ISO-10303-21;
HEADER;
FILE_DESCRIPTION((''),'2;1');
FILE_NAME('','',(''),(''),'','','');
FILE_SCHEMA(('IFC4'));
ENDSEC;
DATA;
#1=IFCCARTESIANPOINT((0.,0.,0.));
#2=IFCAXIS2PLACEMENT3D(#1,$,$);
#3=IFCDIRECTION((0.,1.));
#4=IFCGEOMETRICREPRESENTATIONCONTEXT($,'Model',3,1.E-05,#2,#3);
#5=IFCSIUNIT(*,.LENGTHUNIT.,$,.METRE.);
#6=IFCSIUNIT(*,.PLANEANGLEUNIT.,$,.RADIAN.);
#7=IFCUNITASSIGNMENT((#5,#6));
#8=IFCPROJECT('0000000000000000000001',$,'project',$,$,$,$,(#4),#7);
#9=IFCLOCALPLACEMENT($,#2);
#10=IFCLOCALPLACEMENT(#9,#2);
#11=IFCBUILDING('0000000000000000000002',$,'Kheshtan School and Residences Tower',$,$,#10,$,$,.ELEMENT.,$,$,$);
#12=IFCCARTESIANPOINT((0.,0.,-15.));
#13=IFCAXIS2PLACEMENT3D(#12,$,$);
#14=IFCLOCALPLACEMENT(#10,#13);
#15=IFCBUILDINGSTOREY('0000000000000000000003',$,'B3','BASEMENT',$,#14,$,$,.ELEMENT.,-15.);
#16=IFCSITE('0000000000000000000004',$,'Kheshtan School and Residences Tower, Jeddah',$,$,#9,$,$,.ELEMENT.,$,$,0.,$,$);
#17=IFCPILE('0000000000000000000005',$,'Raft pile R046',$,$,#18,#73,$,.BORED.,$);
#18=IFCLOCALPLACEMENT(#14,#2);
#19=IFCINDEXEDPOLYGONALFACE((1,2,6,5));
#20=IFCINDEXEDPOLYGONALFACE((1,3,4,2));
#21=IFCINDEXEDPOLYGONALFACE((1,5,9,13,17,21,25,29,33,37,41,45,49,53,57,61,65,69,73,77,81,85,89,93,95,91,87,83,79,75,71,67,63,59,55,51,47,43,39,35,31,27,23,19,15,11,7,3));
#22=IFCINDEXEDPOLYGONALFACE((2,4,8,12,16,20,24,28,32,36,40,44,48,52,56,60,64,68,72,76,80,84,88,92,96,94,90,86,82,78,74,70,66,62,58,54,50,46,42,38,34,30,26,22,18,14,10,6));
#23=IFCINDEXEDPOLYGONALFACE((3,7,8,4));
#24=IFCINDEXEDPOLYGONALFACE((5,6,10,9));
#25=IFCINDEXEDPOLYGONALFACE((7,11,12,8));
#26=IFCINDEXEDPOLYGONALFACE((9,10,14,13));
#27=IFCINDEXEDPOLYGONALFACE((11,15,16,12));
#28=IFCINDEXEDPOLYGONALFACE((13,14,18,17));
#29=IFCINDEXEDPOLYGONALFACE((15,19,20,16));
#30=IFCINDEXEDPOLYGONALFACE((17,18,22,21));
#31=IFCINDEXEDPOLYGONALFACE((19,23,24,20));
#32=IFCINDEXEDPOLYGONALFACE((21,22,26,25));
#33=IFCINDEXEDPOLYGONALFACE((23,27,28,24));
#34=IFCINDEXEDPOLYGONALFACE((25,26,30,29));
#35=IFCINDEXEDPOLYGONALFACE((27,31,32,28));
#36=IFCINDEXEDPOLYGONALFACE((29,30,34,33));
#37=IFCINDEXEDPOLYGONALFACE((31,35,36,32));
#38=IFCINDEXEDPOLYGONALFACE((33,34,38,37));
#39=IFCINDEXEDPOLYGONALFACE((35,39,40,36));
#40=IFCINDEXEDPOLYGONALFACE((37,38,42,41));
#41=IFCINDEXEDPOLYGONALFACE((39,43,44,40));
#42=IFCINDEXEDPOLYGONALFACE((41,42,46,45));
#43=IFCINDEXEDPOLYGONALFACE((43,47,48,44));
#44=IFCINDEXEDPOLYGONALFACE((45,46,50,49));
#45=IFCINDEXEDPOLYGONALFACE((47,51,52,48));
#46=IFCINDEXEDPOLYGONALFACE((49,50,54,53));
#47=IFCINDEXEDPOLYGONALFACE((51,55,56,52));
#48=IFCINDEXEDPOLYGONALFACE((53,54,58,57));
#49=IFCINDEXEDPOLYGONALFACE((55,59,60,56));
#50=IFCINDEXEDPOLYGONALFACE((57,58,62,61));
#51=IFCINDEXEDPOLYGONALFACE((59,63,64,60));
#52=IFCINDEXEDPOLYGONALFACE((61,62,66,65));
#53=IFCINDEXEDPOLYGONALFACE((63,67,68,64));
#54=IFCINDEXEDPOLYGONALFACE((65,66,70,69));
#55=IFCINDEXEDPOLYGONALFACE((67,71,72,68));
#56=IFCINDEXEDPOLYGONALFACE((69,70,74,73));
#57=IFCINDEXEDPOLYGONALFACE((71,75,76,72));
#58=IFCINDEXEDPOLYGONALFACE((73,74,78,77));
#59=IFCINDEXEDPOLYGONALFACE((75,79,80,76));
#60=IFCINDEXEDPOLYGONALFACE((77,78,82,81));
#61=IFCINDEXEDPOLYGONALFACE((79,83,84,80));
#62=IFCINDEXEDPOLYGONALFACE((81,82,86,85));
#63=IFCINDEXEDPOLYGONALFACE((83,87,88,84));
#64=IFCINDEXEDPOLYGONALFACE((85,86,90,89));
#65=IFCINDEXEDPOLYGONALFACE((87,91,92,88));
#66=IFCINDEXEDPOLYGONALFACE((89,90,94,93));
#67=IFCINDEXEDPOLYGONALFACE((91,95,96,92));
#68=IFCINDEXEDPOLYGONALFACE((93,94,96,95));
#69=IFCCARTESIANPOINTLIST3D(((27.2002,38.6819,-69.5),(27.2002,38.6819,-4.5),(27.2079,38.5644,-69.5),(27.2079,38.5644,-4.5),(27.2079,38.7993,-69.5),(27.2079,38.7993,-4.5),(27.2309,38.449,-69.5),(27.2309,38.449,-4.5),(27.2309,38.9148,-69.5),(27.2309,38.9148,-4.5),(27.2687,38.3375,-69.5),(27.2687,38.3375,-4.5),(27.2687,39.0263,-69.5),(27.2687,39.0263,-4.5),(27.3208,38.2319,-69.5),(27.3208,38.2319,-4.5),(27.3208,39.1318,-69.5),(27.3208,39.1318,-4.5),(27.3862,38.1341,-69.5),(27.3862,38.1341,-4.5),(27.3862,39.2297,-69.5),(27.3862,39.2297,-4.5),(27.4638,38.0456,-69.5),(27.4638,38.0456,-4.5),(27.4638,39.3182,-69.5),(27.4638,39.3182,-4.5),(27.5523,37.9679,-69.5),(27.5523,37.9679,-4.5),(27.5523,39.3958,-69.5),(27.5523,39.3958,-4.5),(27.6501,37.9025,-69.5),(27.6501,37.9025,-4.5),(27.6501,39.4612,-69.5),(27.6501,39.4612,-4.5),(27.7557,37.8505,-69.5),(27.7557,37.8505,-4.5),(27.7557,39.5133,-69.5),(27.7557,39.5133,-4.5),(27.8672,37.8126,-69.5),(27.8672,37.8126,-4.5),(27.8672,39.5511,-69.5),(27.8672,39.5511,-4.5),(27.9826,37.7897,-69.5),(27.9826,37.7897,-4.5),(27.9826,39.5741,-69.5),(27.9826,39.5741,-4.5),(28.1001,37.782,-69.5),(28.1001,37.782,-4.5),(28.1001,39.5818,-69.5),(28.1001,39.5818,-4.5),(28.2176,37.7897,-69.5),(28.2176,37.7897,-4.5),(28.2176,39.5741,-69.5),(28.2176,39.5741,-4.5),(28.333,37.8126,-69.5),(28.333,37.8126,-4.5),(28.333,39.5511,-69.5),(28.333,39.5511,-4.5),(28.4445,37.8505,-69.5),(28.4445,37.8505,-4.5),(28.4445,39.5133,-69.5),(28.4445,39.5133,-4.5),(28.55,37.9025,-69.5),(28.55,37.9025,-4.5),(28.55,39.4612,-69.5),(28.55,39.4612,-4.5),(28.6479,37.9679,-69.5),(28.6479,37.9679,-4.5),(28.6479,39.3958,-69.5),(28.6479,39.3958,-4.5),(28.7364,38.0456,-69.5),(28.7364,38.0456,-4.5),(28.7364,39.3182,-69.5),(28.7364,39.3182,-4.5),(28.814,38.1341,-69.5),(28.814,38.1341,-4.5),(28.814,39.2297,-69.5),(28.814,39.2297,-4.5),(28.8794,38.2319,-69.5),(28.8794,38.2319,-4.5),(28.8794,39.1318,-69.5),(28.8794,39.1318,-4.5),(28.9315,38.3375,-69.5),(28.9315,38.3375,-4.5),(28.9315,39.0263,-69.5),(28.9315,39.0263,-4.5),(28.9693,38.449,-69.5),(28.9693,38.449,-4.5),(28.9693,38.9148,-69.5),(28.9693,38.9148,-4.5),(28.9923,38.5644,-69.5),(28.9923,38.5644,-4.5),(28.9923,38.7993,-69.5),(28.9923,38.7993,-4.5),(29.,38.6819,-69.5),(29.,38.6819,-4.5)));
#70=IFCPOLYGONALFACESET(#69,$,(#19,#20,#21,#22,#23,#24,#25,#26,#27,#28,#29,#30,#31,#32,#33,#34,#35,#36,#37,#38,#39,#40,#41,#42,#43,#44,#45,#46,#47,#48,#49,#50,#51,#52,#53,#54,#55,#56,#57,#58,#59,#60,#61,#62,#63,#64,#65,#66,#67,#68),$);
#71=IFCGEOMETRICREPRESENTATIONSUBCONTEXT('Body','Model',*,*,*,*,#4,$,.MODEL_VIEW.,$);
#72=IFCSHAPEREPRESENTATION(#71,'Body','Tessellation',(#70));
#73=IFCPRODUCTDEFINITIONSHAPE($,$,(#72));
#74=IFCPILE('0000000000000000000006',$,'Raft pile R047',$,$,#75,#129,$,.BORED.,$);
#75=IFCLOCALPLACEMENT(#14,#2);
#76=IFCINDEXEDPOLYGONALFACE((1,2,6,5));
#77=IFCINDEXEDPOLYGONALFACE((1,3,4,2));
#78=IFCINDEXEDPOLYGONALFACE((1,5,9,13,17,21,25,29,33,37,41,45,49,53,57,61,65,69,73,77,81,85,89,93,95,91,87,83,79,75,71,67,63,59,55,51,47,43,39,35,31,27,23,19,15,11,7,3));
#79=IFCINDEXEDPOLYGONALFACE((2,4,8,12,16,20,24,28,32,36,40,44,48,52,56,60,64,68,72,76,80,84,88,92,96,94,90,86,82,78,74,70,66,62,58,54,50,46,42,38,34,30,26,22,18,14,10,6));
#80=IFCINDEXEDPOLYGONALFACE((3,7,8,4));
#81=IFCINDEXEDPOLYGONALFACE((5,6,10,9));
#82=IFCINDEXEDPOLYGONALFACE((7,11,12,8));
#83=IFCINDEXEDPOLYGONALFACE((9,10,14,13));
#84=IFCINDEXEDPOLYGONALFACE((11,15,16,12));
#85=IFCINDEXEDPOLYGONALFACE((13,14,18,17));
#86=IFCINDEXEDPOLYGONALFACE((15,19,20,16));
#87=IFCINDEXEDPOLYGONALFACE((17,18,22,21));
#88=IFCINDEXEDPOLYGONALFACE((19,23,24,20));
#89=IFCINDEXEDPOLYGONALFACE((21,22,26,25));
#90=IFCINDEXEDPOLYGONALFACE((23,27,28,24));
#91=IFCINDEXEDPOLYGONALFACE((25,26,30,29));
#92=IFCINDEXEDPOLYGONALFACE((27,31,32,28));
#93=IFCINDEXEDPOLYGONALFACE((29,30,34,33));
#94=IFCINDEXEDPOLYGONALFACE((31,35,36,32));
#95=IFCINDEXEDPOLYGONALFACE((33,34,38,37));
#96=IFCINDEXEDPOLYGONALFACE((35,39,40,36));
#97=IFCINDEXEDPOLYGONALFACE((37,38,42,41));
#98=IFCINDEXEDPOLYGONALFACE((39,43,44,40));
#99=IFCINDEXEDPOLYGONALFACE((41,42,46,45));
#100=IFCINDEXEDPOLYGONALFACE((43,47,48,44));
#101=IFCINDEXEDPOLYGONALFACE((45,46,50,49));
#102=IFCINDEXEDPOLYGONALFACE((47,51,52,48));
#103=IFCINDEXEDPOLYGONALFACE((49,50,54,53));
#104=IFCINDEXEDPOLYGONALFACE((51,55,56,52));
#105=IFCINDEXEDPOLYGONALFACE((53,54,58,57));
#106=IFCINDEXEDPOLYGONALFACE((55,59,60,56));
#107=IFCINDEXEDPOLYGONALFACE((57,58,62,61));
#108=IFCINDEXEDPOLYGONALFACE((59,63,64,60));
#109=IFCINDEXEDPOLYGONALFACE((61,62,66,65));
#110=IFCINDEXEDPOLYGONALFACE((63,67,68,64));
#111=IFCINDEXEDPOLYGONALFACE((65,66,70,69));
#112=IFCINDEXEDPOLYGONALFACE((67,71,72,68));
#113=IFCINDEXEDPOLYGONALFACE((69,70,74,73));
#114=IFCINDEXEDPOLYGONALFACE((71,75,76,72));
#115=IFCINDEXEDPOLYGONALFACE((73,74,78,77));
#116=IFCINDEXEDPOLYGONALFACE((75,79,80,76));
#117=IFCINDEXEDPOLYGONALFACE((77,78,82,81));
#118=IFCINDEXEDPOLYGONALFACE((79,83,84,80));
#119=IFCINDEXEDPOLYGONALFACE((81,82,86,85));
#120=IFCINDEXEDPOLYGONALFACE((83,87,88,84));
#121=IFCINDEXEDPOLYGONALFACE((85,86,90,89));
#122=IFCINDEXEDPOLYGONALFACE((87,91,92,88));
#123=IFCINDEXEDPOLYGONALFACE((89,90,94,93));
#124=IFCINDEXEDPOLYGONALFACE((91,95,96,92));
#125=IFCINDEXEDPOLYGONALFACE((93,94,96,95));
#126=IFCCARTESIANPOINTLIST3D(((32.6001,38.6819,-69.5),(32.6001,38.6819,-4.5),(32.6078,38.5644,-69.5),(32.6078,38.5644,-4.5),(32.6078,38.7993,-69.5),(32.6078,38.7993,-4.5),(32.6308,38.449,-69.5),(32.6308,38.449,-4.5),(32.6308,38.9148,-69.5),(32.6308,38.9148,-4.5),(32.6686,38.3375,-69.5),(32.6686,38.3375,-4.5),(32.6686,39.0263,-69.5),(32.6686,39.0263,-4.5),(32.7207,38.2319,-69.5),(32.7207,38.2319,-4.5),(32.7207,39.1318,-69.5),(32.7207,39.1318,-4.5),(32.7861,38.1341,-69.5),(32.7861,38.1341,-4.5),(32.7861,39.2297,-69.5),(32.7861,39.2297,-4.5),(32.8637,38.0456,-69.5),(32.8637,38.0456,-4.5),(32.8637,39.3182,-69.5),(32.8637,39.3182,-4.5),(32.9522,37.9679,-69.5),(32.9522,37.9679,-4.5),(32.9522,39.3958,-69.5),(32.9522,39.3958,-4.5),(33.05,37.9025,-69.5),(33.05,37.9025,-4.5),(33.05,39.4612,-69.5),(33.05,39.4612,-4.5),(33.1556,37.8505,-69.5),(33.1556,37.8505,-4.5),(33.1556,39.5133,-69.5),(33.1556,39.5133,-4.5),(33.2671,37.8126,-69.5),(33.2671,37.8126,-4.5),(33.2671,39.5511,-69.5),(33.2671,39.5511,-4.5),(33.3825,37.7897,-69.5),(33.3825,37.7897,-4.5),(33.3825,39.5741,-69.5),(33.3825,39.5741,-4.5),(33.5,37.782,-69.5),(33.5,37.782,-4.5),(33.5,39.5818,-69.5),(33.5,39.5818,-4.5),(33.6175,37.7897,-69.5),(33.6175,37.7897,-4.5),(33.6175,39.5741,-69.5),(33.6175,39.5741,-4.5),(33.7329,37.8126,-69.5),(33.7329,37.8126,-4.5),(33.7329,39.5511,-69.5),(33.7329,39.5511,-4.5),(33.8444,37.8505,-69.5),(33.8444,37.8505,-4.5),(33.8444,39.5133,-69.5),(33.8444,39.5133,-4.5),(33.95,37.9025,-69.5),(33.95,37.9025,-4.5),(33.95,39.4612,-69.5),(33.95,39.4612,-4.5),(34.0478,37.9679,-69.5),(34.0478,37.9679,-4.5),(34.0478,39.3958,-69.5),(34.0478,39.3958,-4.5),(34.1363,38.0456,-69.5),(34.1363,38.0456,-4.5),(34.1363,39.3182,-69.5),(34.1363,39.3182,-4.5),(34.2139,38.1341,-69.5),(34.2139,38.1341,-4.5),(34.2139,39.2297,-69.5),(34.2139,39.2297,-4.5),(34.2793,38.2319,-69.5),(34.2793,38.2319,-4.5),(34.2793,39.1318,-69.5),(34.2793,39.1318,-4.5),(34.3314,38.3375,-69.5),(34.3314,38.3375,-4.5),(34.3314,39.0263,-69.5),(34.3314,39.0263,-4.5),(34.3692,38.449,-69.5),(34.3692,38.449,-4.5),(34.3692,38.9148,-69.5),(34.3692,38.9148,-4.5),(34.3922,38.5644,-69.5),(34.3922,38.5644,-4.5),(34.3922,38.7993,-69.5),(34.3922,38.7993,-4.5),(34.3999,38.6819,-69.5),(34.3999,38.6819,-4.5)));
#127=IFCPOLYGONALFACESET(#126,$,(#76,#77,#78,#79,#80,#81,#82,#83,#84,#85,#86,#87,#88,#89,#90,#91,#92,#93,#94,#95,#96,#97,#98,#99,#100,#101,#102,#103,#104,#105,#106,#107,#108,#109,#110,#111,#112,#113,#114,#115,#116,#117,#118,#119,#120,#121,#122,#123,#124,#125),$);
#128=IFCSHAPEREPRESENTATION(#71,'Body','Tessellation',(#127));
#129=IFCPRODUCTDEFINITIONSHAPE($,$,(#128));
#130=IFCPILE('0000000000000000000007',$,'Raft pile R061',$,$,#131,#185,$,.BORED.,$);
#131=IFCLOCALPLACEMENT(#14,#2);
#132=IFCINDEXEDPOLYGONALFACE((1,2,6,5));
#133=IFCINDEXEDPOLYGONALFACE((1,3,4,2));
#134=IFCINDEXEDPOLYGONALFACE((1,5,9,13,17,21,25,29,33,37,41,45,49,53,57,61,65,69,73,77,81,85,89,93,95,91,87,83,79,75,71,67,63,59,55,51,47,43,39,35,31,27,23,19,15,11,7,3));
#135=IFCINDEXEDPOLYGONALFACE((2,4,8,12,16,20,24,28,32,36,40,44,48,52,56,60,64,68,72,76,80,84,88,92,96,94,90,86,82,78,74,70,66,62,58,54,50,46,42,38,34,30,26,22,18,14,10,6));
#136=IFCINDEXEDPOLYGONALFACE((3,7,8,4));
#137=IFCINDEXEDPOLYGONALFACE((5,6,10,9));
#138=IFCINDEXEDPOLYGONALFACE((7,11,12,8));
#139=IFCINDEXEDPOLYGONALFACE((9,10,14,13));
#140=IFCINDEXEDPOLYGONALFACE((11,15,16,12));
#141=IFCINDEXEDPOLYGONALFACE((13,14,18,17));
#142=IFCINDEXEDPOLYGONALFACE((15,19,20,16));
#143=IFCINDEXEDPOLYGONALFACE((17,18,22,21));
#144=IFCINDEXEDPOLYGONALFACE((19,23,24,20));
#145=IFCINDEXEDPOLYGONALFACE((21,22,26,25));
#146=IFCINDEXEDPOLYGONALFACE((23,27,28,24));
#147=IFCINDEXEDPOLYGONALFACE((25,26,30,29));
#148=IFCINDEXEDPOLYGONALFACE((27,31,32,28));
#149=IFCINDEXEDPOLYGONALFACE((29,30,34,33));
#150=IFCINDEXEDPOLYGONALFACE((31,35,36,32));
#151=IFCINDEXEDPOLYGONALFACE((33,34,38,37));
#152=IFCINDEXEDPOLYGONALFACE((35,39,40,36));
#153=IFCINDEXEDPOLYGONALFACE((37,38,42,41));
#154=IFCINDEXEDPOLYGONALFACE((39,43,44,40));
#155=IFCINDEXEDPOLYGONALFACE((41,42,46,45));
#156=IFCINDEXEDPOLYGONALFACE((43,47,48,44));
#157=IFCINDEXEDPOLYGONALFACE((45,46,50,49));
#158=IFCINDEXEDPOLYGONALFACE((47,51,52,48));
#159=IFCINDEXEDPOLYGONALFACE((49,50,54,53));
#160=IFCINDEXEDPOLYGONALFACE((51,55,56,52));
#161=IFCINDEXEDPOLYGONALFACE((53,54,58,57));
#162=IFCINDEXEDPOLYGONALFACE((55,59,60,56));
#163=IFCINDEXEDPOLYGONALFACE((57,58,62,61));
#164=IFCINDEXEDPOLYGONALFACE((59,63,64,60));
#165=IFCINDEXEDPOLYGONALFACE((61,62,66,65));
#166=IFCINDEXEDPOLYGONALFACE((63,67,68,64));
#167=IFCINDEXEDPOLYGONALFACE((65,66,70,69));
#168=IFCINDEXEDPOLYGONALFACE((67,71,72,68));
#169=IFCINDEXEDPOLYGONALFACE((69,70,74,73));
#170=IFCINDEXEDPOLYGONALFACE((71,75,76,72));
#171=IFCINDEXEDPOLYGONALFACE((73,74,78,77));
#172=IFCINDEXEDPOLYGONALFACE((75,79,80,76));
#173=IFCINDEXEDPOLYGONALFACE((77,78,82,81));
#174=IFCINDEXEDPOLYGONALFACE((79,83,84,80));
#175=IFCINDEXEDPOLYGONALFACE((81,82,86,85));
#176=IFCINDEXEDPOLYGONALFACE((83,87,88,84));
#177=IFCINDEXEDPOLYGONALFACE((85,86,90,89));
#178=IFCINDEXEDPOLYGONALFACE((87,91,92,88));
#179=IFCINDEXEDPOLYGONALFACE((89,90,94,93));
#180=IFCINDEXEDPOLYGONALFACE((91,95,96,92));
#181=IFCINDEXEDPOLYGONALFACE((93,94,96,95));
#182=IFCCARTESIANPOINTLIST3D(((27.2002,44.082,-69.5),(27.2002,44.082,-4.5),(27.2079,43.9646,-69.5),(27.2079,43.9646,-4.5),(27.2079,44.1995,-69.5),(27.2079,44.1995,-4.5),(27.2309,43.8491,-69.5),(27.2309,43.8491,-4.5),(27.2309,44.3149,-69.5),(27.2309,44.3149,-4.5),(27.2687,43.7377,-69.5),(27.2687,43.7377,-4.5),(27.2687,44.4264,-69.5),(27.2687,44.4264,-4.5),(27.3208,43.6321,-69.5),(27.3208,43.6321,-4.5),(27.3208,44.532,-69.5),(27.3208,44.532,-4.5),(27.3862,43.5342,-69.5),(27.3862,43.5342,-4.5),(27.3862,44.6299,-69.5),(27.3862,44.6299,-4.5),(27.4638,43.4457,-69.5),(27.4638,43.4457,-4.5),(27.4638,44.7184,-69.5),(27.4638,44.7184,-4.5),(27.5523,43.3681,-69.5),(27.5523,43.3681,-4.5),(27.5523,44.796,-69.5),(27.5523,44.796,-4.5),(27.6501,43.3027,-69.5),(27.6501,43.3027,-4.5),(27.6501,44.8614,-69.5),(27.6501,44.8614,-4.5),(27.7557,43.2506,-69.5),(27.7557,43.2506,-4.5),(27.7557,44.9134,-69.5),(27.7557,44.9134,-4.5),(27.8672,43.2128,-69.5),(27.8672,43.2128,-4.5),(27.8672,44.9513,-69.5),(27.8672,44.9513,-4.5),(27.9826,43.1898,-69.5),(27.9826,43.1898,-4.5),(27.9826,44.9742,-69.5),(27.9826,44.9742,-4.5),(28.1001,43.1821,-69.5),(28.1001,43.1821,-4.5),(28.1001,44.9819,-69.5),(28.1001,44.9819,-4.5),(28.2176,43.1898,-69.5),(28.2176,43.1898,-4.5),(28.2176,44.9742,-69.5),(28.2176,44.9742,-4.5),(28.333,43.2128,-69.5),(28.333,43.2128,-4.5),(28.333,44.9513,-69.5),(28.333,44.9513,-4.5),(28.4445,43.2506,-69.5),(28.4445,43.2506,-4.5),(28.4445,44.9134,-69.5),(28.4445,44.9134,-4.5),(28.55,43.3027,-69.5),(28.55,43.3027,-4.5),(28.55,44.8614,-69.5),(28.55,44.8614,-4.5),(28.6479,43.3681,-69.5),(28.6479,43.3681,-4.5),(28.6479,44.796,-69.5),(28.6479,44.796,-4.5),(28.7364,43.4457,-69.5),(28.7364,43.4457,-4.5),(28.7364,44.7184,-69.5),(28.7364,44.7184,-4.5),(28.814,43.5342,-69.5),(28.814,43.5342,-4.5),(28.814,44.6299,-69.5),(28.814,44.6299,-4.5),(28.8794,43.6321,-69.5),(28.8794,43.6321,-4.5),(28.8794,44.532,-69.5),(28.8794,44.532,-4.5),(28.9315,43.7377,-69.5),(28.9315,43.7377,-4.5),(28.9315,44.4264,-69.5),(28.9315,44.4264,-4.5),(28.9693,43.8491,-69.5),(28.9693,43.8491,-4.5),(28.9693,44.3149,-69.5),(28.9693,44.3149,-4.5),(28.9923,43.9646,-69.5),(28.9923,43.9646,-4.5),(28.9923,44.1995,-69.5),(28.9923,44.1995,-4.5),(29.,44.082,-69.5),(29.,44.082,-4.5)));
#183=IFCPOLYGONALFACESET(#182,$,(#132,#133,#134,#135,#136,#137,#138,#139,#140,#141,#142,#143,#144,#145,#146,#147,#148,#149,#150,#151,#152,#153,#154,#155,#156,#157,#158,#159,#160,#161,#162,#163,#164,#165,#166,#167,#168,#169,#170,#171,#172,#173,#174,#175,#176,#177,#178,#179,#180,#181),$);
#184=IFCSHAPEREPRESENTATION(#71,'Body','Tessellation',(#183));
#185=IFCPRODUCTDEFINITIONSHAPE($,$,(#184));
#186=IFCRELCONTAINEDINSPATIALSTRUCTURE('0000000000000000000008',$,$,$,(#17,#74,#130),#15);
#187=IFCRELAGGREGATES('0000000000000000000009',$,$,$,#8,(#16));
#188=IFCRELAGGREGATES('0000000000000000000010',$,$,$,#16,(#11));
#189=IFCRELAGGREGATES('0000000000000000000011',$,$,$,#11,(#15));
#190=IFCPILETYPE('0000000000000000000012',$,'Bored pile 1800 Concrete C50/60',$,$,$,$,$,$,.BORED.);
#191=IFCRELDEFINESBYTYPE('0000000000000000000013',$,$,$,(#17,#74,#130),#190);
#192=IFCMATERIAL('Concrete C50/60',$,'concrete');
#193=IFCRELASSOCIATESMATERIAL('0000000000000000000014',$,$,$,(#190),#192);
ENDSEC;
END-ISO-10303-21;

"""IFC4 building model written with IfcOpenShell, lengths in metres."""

from ifc_helpers import new_model, si_unit, direction, frame, origin, origin_2d, place, context, subcontext, project, spatial, circle, extrude, material, material_profile, profile_set, type_object, element, save


model = new_model("IFC4")

# Units and contexts
model_context = context("Model", 3, precision=1e-05, world=origin(), true_north=direction((0.0, 1.0)))
body_context = subcontext(model_context, "Body", "Model", "MODEL_VIEW")
ifc_project = project(units=[si_unit("LENGTHUNIT", "METRE"), si_unit("PLANEANGLEUNIT", "RADIAN")], contexts=[model_context])

# Site, building, storey
site_placement = place(None, origin())
site = spatial("IfcSite", under=ifc_project, at=site_placement, Name="Kheshtan School and Residences Tower, Jeddah", CompositionType="ELEMENT", RefElevation=0.0)
building_placement = place(site_placement, origin())
building = spatial("IfcBuilding", under=site, at=building_placement, Name="Kheshtan School and Residences Tower", CompositionType="ELEMENT")
storey_placement = place(building_placement, frame((0.0, 0.0, -15.0)))
storey = spatial("IfcBuildingStorey", under=building, at=storey_placement, Name="B3", Description="BASEMENT", CompositionType="ELEMENT", Elevation=-15.0)

# Piles
ifc_material_1 = material(Name="Concrete C50/60", Category="concrete")
ifc_material_profile_1 = material_profile(ifc_material_1, circle(Radius=0.8999, at=origin_2d()), Name="BP 1800")
ifc_profile_set_1 = profile_set([ifc_material_profile_1], Name="Concrete C50/60")
pile_type_1 = type_object("IfcPileType", Name="Bored pile 1800 Concrete C50/60", PredefinedType="BORED", material=ifc_profile_set_1)
for number, where, z_axis, x_axis, name in (
    (1, (28.1001, 38.6819, -4.5), (0.0, 0.0, -1.0), (1.0, 0.0, 0.0), "Raft pile R046"),
    (2, (33.5, 38.6819, -4.5), (0.0, 0.0, -1.0), (1.0, 0.0, 0.0), "Raft pile R047"),
    (3, (28.1001, 44.082, -4.5), (0.0, 0.0, -1.0), (1.0, 0.0, 0.0), "Raft pile R061"),
):
    element("IfcPile", number, at=place(storey_placement, frame(where, z_axis=z_axis, x_axis=x_axis)), inside=storey, type_object=pile_type_1, Name=name, PredefinedType="BORED", context=body_context, shape_type="SweptSolid", body=[
        extrude(circle(Radius=0.8999, at=origin_2d()), origin(), (0.0, 0.0, 1.0), 65.0),
    ])

save(model, "model.ifc")
